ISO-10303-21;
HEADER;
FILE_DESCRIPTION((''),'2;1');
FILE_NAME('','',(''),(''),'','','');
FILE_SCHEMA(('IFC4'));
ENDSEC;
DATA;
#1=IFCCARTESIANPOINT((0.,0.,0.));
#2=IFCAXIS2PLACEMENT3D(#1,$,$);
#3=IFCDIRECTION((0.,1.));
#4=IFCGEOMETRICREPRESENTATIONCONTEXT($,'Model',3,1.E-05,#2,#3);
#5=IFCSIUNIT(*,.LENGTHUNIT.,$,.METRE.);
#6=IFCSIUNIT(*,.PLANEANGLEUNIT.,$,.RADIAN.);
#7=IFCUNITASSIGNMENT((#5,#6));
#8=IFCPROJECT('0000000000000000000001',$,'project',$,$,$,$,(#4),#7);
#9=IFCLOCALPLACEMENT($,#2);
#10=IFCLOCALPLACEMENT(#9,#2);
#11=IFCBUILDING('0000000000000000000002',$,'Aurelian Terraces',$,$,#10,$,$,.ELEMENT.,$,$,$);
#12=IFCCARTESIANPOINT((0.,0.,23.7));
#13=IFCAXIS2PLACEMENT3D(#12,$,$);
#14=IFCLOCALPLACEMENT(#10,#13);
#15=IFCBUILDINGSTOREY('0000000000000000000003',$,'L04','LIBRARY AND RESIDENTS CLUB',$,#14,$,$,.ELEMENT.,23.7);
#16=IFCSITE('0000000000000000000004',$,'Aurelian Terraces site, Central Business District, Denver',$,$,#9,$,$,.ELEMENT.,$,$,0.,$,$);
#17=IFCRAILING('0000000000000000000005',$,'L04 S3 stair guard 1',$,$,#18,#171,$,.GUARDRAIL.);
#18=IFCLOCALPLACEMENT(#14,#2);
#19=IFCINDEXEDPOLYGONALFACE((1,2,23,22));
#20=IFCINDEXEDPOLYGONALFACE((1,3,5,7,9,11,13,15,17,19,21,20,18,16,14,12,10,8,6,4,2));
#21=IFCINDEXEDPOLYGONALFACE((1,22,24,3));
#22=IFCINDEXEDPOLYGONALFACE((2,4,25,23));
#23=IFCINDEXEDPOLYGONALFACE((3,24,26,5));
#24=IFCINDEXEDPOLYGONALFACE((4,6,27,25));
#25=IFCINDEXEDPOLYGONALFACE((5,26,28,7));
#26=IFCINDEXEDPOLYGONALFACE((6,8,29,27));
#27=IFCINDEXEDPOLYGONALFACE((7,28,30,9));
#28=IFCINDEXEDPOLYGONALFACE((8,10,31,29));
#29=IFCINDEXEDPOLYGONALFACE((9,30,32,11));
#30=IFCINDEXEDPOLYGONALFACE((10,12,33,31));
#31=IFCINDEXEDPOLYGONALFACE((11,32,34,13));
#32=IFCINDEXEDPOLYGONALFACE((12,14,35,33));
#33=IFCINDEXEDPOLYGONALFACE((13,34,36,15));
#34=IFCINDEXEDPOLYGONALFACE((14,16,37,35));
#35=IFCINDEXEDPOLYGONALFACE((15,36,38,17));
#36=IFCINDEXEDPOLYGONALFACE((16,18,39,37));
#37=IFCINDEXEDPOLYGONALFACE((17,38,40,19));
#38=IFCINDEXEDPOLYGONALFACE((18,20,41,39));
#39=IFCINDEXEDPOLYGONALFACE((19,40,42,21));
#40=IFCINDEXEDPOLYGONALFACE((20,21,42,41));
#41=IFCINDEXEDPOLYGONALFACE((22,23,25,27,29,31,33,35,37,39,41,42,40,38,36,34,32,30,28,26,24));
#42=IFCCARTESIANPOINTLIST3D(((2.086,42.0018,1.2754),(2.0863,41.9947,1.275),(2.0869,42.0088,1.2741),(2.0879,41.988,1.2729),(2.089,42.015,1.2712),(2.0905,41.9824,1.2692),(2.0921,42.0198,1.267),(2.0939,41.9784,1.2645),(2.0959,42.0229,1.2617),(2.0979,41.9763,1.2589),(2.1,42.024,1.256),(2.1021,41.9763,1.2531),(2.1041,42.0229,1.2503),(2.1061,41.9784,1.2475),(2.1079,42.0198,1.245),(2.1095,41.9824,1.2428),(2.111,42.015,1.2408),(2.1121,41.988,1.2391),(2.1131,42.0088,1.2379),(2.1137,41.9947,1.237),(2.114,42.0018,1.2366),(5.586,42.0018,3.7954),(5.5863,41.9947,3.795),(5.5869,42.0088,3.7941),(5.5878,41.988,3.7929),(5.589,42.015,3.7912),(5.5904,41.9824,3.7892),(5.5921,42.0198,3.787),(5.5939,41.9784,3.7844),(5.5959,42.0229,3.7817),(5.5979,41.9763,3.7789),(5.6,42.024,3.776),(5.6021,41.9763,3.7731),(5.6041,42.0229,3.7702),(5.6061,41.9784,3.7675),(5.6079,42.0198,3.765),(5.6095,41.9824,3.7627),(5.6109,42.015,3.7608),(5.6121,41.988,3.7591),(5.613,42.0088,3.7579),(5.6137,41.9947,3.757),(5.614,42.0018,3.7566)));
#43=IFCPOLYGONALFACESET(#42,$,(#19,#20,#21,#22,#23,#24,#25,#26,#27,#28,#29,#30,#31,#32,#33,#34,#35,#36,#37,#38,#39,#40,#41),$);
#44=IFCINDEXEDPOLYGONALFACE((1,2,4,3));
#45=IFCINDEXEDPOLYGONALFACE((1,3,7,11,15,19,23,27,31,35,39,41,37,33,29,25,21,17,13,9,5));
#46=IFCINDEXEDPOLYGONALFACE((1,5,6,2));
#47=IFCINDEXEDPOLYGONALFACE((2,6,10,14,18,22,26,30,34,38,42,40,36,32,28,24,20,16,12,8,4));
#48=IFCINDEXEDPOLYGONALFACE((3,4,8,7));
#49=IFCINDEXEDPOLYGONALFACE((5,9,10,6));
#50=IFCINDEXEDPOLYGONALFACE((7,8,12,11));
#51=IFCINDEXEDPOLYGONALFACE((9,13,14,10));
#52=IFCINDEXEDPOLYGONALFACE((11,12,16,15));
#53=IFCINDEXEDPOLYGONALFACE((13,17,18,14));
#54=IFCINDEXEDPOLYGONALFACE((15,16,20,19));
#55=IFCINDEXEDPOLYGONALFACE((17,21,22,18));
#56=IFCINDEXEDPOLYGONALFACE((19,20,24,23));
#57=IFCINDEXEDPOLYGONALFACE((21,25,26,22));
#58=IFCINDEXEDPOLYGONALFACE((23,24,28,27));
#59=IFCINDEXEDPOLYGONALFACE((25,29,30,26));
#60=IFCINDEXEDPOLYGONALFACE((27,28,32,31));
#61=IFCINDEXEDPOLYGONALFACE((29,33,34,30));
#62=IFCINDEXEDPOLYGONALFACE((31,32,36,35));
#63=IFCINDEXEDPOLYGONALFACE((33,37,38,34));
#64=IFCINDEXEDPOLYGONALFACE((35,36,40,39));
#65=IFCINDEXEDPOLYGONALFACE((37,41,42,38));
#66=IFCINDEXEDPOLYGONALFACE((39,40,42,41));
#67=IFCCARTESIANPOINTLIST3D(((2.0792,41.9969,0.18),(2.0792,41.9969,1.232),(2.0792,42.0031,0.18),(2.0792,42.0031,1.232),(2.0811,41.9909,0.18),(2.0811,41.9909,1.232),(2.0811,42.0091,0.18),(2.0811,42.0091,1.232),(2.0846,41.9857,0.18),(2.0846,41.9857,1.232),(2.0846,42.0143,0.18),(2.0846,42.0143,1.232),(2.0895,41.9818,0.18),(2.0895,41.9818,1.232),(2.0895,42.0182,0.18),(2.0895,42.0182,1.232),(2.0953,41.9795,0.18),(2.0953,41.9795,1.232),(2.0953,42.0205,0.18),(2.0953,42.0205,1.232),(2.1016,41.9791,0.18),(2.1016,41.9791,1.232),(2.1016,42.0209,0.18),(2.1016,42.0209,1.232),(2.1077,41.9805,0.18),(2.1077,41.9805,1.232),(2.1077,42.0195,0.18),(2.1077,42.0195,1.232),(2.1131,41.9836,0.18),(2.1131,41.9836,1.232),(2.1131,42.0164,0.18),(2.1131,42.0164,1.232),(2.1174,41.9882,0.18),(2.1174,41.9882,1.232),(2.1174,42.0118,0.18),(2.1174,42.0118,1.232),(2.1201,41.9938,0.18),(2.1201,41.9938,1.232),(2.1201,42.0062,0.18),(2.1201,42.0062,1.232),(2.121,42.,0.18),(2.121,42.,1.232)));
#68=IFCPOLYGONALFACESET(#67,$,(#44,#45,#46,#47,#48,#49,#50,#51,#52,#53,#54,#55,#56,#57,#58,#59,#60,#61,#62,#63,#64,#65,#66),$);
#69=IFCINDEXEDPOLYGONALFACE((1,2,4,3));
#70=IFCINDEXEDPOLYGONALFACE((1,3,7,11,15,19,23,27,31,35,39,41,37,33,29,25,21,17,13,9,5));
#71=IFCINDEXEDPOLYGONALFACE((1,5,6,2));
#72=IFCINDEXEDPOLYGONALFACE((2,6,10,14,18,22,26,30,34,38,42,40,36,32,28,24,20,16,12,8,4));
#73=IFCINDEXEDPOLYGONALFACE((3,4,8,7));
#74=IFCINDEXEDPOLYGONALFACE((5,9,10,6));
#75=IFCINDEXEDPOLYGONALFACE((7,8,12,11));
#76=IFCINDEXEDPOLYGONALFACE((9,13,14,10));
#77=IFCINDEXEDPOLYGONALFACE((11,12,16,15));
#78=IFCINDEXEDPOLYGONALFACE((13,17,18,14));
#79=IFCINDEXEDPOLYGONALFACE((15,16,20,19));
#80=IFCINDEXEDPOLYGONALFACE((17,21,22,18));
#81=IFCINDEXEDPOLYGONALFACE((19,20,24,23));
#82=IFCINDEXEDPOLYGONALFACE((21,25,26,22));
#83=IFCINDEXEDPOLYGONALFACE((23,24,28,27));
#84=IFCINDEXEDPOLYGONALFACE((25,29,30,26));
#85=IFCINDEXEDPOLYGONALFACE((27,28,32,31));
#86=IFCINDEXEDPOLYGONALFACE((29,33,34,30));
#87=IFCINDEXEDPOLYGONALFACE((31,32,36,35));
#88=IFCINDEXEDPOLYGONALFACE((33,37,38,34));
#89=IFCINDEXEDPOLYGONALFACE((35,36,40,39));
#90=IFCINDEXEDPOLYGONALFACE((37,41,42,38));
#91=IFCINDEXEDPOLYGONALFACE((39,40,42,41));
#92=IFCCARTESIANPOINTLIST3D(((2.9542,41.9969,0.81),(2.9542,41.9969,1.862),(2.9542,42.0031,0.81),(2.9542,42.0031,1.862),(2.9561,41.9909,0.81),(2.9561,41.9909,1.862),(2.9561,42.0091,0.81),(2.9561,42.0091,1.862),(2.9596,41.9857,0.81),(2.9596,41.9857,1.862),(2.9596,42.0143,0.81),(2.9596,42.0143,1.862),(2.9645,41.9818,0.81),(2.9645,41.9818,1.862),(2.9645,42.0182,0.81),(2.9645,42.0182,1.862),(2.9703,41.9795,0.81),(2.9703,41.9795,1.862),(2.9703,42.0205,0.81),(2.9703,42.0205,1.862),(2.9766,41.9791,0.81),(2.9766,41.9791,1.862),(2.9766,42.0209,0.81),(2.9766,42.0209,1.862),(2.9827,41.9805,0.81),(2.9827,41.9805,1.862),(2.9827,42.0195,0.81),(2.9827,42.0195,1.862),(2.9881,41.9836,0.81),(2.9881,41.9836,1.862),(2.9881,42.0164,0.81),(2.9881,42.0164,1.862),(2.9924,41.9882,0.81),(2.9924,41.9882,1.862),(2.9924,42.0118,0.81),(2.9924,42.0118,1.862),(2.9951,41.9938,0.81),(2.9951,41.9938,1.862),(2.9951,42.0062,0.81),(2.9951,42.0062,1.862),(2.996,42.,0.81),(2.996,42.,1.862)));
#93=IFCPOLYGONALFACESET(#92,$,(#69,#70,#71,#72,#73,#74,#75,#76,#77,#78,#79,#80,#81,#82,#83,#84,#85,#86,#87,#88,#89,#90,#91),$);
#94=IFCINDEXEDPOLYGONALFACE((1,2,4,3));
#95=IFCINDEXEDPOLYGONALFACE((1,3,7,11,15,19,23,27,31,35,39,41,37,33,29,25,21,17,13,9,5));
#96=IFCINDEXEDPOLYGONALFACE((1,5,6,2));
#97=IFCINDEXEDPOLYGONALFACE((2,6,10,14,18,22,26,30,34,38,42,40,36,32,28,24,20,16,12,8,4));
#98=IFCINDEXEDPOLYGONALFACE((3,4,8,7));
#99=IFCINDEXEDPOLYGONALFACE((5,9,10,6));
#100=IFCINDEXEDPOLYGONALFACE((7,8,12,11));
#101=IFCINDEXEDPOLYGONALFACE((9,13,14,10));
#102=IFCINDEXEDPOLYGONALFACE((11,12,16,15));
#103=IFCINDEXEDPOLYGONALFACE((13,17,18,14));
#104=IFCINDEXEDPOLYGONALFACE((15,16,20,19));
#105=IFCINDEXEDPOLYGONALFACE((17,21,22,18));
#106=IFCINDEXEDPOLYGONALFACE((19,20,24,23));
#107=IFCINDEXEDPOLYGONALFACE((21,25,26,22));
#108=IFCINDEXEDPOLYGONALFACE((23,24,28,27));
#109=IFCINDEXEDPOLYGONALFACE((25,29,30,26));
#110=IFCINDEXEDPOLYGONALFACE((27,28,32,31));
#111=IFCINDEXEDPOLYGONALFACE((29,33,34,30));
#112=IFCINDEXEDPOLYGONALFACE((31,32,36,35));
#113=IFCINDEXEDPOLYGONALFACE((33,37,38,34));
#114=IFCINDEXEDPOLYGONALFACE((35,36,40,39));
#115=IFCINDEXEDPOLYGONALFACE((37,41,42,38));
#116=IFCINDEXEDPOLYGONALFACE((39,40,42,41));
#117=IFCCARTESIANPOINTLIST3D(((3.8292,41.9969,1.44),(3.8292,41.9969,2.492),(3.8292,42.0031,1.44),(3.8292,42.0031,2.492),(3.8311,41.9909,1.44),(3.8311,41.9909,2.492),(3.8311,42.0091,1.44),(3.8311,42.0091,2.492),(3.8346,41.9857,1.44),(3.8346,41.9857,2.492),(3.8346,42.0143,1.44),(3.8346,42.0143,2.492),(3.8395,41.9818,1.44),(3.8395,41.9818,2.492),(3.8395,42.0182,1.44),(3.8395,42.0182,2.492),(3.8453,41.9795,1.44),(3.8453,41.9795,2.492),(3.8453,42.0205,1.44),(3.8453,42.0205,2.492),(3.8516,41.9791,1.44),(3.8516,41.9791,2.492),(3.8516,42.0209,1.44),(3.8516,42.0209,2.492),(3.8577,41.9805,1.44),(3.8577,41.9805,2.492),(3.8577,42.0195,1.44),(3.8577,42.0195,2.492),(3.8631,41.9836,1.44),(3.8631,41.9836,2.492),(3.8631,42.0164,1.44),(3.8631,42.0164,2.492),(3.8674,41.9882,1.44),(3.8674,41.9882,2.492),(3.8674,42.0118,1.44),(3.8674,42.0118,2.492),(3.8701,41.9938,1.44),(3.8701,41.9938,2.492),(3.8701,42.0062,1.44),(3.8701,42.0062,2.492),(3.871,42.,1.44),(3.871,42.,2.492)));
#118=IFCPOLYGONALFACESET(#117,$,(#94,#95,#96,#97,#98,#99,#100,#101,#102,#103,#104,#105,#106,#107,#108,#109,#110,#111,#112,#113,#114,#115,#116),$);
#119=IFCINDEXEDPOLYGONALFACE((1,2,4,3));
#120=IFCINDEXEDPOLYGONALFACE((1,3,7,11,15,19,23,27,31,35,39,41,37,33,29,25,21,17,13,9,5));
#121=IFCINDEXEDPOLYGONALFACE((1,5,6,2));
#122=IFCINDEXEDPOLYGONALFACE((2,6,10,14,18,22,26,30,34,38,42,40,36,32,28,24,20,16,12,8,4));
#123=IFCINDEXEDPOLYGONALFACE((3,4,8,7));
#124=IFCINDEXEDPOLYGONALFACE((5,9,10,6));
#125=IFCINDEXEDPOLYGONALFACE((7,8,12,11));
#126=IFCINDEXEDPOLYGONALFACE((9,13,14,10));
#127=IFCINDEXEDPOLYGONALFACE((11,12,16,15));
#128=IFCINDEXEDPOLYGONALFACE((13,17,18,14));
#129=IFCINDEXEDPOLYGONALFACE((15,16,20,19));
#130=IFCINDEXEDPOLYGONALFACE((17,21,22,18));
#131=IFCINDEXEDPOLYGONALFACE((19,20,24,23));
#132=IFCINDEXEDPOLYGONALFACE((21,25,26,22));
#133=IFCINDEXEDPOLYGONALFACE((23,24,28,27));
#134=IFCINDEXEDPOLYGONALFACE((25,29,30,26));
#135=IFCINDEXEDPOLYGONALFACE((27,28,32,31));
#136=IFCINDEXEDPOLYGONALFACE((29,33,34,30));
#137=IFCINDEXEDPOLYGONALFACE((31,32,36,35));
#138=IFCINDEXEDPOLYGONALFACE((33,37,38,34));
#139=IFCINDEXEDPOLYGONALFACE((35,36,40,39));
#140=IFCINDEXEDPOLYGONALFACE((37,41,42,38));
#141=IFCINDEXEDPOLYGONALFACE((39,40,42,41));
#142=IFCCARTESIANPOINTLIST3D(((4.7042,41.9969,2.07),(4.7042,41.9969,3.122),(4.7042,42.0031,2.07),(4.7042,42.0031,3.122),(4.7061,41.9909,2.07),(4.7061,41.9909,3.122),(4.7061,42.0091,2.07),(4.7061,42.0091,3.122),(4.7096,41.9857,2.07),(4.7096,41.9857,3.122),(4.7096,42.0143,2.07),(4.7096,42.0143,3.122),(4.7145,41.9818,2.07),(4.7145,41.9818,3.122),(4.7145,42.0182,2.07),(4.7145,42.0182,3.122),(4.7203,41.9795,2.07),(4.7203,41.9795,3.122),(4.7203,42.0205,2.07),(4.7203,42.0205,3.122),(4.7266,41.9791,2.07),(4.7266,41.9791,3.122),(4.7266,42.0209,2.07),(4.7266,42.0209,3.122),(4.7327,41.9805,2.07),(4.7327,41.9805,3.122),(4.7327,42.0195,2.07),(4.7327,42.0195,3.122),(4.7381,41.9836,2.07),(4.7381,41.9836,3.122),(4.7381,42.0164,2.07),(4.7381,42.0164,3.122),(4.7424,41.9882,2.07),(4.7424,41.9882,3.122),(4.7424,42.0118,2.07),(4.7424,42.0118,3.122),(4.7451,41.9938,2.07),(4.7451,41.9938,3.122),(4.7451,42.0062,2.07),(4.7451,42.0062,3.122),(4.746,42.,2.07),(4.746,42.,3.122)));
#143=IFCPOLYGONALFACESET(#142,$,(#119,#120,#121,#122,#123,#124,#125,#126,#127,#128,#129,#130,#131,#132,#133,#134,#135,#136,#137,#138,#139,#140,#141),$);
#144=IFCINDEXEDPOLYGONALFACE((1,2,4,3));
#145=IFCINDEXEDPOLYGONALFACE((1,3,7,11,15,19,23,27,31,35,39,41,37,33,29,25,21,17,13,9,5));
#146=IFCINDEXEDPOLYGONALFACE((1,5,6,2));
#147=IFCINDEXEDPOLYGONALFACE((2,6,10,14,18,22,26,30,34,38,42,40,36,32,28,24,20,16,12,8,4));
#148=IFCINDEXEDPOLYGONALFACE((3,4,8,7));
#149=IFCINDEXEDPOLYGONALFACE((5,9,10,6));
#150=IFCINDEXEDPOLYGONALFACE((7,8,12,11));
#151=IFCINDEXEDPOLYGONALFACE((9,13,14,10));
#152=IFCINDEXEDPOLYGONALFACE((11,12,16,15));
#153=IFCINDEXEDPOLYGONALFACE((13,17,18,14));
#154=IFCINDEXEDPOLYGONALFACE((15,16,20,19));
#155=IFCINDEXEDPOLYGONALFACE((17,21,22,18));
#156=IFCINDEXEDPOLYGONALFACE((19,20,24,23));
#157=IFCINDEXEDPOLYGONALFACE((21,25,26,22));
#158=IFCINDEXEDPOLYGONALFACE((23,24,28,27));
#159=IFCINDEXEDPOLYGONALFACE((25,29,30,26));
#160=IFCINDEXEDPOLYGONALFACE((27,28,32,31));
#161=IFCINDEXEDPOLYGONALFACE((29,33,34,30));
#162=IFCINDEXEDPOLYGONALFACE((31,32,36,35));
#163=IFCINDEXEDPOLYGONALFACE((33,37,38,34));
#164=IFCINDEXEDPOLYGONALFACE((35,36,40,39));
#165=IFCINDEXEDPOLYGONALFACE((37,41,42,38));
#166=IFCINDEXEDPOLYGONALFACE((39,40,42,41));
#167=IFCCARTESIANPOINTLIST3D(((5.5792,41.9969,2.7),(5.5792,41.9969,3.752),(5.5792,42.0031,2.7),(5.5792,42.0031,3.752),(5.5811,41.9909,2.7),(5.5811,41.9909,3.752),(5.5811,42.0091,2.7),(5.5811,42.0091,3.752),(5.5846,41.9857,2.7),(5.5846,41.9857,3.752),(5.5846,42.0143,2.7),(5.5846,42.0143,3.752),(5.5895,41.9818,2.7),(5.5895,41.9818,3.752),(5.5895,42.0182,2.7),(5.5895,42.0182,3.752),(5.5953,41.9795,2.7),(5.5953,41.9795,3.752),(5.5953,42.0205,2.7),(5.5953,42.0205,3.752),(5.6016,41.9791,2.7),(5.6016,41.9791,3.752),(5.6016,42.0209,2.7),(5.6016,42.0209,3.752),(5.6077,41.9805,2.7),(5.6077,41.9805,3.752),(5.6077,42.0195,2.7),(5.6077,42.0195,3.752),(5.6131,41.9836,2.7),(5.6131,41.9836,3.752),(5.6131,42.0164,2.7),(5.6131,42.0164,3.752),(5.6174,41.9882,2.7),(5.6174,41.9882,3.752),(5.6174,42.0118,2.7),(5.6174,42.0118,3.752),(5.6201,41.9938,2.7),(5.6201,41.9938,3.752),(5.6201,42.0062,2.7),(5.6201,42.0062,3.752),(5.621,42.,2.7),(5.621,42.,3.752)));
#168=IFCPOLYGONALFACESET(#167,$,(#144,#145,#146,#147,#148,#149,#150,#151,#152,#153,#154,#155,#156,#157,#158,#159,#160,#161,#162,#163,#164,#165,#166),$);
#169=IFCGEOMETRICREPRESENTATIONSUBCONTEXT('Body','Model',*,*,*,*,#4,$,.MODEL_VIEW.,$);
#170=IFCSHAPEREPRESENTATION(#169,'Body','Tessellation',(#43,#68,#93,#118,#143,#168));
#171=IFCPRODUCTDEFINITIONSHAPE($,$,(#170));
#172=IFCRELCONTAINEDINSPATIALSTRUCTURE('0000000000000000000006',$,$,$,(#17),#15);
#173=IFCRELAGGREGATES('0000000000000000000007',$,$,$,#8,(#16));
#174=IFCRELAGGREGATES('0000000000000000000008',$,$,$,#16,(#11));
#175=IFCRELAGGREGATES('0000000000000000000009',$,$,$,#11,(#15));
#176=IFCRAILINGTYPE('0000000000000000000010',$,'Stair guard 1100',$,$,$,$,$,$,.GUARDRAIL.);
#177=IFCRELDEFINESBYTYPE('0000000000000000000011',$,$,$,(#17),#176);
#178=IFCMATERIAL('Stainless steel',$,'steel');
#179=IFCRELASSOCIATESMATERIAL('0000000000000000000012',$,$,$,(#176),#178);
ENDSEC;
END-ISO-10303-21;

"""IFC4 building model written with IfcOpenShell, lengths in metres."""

from ifc_helpers import new_model, si_unit, direction, frame, origin, origin_2d, place, context, subcontext, project, spatial, circle, extrude, source, transform, mapped, material, type_object, element, save


model = new_model("IFC4")

# Units and contexts
model_context = context("Model", 3, precision=1e-05, world=origin(), true_north=direction((0.0, 1.0)))
body_context = subcontext(model_context, "Body", "Model", "MODEL_VIEW")
ifc_project = project(units=[si_unit("LENGTHUNIT", "METRE"), si_unit("PLANEANGLEUNIT", "RADIAN")], contexts=[model_context])

# Site, building, storey
site_placement = place(None, origin())
site = spatial("IfcSite", under=ifc_project, at=site_placement, Name="Aurelian Terraces site, Central Business District, Denver", CompositionType="ELEMENT", RefElevation=0.0)
building_placement = place(site_placement, origin())
building = spatial("IfcBuilding", under=site, at=building_placement, Name="Aurelian Terraces", CompositionType="ELEMENT")
storey_placement = place(building_placement, frame((0.0, 0.0, 23.7)))
storey = spatial("IfcBuildingStorey", under=building, at=storey_placement, Name="L04", Description="LIBRARY AND RESIDENTS CLUB", CompositionType="ELEMENT", Elevation=23.7)

# Railing
ifc_material_1 = material(Name="Stainless steel", Category="steel")
railing_type_1 = type_object("IfcRailingType", Name="Stair guard 1100", PredefinedType="GUARDRAIL", material=ifc_material_1)
shared_shape_1 = source(origin(), body_context, "Body", "SweptSolid", [
    extrude(circle(Radius=0.024, at=origin_2d()), frame((0.0, 0.0, 1.076), z_axis=(0.811534, 0.0, 0.584305), x_axis=(0.0, 1.0, 0.0)), (0.0, 0.0, 1.0), 4.3128),
    extrude(circle(Radius=0.021, at=origin_2d()), origin(), (0.0, 0.0, 1.0), 1.052),
    extrude(circle(Radius=0.021, at=origin_2d()), frame((0.875, 0.0, 0.63)), (0.0, 0.0, 1.0), 1.052),
    extrude(circle(Radius=0.021, at=origin_2d()), frame((1.75, 0.0, 1.26)), (0.0, 0.0, 1.0), 1.052),
    extrude(circle(Radius=0.021, at=origin_2d()), frame((2.625, 0.0, 1.89)), (0.0, 0.0, 1.0), 1.052),
    extrude(circle(Radius=0.021, at=origin_2d()), frame((3.5, 0.0, 2.52)), (0.0, 0.0, 1.0), 1.052),
])
for number, where, name in (
    (1, (2.1, 42.0, 0.18), "L04 S3 stair guard 1"),
):
    element("IfcRailing", number, at=place(storey_placement, frame(where)), inside=storey, type_object=railing_type_1, Name=name, PredefinedType="GUARDRAIL", context=body_context, shape_type="MappedRepresentation", body=[
        mapped(shared_shape_1, transform((0.0, 0.0, 0.0), scale=1.0)),
    ])

save(model, "model.ifc")
